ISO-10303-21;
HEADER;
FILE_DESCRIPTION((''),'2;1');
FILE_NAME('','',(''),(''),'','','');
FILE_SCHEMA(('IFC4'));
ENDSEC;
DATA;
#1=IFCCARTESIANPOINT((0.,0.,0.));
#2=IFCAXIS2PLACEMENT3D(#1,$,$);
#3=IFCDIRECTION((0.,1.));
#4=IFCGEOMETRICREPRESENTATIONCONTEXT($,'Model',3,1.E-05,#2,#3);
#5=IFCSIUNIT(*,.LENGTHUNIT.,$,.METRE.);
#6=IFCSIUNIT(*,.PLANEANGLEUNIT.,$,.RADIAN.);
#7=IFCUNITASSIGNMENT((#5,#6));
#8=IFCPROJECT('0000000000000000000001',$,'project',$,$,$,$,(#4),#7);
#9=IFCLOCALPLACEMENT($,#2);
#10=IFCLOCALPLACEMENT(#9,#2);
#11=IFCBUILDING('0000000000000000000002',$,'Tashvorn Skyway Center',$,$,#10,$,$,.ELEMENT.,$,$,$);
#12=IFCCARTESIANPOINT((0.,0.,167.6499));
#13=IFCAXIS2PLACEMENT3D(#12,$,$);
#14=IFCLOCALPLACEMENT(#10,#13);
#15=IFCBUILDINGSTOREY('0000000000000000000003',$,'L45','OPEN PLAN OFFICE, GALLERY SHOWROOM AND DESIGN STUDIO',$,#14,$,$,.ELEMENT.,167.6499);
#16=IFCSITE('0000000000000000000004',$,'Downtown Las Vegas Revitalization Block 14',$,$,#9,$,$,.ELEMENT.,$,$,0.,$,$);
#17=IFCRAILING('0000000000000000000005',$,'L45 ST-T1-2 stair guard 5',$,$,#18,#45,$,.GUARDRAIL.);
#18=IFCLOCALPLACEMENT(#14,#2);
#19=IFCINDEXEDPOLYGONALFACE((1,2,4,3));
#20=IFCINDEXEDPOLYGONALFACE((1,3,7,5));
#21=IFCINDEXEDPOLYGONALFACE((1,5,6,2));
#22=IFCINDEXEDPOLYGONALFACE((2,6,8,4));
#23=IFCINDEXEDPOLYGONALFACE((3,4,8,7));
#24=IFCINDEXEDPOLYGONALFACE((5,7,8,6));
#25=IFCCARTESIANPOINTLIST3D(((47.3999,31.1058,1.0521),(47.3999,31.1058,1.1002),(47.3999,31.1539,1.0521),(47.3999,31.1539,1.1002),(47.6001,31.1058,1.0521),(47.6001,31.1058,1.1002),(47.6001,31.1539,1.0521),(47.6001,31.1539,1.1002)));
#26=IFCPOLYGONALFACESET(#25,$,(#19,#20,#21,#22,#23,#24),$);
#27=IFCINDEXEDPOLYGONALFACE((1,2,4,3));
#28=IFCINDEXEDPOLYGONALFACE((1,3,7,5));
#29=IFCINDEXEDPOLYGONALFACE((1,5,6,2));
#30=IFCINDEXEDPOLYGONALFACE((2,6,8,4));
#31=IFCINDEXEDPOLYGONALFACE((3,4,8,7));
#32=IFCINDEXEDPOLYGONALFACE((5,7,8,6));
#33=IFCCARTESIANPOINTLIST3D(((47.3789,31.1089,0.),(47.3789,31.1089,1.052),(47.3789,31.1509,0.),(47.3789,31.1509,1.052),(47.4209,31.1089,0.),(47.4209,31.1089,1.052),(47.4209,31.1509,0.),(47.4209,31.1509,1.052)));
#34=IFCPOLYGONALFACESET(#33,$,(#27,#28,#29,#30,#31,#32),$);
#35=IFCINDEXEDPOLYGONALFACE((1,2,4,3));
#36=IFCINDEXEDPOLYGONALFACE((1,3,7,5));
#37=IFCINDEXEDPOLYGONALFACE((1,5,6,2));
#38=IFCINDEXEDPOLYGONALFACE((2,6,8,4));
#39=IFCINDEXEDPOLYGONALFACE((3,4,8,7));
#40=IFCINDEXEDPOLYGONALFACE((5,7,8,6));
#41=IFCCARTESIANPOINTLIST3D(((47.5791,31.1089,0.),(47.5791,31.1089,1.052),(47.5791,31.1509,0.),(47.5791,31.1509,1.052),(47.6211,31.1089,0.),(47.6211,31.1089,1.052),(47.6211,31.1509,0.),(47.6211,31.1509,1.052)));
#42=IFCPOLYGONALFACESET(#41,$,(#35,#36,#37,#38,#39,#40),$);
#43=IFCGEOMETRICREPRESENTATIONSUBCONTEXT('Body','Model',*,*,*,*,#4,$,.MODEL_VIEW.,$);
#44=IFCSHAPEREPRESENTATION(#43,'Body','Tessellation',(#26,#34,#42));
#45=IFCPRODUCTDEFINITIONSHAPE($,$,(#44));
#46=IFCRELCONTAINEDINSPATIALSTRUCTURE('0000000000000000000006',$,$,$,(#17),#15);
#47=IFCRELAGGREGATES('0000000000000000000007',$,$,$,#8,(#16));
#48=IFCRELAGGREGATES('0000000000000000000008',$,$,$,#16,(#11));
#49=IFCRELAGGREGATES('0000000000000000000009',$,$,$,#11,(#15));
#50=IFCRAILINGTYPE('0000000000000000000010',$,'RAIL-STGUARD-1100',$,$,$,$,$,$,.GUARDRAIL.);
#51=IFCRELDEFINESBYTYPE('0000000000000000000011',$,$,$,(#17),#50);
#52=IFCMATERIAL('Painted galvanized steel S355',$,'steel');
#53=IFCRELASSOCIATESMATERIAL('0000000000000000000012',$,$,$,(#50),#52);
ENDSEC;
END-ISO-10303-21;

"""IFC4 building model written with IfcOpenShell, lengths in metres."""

from ifc_helpers import new_model, si_unit, direction, frame, origin, origin_2d, place, context, subcontext, project, spatial, rectangle, extrude, material, type_object, element, save


model = new_model("IFC4")

# Units and contexts
model_context = context("Model", 3, precision=1e-05, world=origin(), true_north=direction((0.0, 1.0)))
body_context = subcontext(model_context, "Body", "Model", "MODEL_VIEW")
ifc_project = project(units=[si_unit("LENGTHUNIT", "METRE"), si_unit("PLANEANGLEUNIT", "RADIAN")], contexts=[model_context])

# Site, building, storey
site_placement = place(None, origin())
site = spatial("IfcSite", under=ifc_project, at=site_placement, Name="Downtown Las Vegas Revitalization Block 14", CompositionType="ELEMENT", RefElevation=0.0)
building_placement = place(site_placement, origin())
building = spatial("IfcBuilding", under=site, at=building_placement, Name="Tashvorn Skyway Center", CompositionType="ELEMENT")
storey_placement = place(building_placement, frame((0.0, 0.0, 167.6499)))
storey = spatial("IfcBuildingStorey", under=building, at=storey_placement, Name="L45", Description="OPEN PLAN OFFICE, GALLERY SHOWROOM AND DESIGN STUDIO", CompositionType="ELEMENT", Elevation=167.6499)

# Railing
ifc_material_1 = material(Name="Painted galvanized steel S355", Category="steel")
railing_type_1 = type_object("IfcRailingType", Name="RAIL-STGUARD-1100", PredefinedType="GUARDRAIL", material=ifc_material_1)
railing_1_placement = place(storey_placement, frame((47.3999, 31.1299, 0.0)))
element("IfcRailing", 1, at=railing_1_placement, inside=storey, type_object=railing_type_1, Name="L45 ST-T1-2 stair guard 5", PredefinedType="GUARDRAIL", context=body_context, shape_type="SweptSolid", body=[
    extrude(rectangle(XDim=0.0481, YDim=0.0481, at=origin_2d()), frame((0.0, 0.0, 1.0762), z_axis=(1.0, 0.0, 0.0), x_axis=(0.0, 1.0, 0.0)), (0.0, 0.0, 1.0), 0.2002),
    extrude(rectangle(XDim=0.042, YDim=0.042, at=origin_2d()), origin(), (0.0, 0.0, 1.0), 1.052),
    extrude(rectangle(XDim=0.042, YDim=0.042, at=origin_2d()), frame((0.2002, 0.0, 0.0)), (0.0, 0.0, 1.0), 1.052),
])

save(model, "model.ifc")
